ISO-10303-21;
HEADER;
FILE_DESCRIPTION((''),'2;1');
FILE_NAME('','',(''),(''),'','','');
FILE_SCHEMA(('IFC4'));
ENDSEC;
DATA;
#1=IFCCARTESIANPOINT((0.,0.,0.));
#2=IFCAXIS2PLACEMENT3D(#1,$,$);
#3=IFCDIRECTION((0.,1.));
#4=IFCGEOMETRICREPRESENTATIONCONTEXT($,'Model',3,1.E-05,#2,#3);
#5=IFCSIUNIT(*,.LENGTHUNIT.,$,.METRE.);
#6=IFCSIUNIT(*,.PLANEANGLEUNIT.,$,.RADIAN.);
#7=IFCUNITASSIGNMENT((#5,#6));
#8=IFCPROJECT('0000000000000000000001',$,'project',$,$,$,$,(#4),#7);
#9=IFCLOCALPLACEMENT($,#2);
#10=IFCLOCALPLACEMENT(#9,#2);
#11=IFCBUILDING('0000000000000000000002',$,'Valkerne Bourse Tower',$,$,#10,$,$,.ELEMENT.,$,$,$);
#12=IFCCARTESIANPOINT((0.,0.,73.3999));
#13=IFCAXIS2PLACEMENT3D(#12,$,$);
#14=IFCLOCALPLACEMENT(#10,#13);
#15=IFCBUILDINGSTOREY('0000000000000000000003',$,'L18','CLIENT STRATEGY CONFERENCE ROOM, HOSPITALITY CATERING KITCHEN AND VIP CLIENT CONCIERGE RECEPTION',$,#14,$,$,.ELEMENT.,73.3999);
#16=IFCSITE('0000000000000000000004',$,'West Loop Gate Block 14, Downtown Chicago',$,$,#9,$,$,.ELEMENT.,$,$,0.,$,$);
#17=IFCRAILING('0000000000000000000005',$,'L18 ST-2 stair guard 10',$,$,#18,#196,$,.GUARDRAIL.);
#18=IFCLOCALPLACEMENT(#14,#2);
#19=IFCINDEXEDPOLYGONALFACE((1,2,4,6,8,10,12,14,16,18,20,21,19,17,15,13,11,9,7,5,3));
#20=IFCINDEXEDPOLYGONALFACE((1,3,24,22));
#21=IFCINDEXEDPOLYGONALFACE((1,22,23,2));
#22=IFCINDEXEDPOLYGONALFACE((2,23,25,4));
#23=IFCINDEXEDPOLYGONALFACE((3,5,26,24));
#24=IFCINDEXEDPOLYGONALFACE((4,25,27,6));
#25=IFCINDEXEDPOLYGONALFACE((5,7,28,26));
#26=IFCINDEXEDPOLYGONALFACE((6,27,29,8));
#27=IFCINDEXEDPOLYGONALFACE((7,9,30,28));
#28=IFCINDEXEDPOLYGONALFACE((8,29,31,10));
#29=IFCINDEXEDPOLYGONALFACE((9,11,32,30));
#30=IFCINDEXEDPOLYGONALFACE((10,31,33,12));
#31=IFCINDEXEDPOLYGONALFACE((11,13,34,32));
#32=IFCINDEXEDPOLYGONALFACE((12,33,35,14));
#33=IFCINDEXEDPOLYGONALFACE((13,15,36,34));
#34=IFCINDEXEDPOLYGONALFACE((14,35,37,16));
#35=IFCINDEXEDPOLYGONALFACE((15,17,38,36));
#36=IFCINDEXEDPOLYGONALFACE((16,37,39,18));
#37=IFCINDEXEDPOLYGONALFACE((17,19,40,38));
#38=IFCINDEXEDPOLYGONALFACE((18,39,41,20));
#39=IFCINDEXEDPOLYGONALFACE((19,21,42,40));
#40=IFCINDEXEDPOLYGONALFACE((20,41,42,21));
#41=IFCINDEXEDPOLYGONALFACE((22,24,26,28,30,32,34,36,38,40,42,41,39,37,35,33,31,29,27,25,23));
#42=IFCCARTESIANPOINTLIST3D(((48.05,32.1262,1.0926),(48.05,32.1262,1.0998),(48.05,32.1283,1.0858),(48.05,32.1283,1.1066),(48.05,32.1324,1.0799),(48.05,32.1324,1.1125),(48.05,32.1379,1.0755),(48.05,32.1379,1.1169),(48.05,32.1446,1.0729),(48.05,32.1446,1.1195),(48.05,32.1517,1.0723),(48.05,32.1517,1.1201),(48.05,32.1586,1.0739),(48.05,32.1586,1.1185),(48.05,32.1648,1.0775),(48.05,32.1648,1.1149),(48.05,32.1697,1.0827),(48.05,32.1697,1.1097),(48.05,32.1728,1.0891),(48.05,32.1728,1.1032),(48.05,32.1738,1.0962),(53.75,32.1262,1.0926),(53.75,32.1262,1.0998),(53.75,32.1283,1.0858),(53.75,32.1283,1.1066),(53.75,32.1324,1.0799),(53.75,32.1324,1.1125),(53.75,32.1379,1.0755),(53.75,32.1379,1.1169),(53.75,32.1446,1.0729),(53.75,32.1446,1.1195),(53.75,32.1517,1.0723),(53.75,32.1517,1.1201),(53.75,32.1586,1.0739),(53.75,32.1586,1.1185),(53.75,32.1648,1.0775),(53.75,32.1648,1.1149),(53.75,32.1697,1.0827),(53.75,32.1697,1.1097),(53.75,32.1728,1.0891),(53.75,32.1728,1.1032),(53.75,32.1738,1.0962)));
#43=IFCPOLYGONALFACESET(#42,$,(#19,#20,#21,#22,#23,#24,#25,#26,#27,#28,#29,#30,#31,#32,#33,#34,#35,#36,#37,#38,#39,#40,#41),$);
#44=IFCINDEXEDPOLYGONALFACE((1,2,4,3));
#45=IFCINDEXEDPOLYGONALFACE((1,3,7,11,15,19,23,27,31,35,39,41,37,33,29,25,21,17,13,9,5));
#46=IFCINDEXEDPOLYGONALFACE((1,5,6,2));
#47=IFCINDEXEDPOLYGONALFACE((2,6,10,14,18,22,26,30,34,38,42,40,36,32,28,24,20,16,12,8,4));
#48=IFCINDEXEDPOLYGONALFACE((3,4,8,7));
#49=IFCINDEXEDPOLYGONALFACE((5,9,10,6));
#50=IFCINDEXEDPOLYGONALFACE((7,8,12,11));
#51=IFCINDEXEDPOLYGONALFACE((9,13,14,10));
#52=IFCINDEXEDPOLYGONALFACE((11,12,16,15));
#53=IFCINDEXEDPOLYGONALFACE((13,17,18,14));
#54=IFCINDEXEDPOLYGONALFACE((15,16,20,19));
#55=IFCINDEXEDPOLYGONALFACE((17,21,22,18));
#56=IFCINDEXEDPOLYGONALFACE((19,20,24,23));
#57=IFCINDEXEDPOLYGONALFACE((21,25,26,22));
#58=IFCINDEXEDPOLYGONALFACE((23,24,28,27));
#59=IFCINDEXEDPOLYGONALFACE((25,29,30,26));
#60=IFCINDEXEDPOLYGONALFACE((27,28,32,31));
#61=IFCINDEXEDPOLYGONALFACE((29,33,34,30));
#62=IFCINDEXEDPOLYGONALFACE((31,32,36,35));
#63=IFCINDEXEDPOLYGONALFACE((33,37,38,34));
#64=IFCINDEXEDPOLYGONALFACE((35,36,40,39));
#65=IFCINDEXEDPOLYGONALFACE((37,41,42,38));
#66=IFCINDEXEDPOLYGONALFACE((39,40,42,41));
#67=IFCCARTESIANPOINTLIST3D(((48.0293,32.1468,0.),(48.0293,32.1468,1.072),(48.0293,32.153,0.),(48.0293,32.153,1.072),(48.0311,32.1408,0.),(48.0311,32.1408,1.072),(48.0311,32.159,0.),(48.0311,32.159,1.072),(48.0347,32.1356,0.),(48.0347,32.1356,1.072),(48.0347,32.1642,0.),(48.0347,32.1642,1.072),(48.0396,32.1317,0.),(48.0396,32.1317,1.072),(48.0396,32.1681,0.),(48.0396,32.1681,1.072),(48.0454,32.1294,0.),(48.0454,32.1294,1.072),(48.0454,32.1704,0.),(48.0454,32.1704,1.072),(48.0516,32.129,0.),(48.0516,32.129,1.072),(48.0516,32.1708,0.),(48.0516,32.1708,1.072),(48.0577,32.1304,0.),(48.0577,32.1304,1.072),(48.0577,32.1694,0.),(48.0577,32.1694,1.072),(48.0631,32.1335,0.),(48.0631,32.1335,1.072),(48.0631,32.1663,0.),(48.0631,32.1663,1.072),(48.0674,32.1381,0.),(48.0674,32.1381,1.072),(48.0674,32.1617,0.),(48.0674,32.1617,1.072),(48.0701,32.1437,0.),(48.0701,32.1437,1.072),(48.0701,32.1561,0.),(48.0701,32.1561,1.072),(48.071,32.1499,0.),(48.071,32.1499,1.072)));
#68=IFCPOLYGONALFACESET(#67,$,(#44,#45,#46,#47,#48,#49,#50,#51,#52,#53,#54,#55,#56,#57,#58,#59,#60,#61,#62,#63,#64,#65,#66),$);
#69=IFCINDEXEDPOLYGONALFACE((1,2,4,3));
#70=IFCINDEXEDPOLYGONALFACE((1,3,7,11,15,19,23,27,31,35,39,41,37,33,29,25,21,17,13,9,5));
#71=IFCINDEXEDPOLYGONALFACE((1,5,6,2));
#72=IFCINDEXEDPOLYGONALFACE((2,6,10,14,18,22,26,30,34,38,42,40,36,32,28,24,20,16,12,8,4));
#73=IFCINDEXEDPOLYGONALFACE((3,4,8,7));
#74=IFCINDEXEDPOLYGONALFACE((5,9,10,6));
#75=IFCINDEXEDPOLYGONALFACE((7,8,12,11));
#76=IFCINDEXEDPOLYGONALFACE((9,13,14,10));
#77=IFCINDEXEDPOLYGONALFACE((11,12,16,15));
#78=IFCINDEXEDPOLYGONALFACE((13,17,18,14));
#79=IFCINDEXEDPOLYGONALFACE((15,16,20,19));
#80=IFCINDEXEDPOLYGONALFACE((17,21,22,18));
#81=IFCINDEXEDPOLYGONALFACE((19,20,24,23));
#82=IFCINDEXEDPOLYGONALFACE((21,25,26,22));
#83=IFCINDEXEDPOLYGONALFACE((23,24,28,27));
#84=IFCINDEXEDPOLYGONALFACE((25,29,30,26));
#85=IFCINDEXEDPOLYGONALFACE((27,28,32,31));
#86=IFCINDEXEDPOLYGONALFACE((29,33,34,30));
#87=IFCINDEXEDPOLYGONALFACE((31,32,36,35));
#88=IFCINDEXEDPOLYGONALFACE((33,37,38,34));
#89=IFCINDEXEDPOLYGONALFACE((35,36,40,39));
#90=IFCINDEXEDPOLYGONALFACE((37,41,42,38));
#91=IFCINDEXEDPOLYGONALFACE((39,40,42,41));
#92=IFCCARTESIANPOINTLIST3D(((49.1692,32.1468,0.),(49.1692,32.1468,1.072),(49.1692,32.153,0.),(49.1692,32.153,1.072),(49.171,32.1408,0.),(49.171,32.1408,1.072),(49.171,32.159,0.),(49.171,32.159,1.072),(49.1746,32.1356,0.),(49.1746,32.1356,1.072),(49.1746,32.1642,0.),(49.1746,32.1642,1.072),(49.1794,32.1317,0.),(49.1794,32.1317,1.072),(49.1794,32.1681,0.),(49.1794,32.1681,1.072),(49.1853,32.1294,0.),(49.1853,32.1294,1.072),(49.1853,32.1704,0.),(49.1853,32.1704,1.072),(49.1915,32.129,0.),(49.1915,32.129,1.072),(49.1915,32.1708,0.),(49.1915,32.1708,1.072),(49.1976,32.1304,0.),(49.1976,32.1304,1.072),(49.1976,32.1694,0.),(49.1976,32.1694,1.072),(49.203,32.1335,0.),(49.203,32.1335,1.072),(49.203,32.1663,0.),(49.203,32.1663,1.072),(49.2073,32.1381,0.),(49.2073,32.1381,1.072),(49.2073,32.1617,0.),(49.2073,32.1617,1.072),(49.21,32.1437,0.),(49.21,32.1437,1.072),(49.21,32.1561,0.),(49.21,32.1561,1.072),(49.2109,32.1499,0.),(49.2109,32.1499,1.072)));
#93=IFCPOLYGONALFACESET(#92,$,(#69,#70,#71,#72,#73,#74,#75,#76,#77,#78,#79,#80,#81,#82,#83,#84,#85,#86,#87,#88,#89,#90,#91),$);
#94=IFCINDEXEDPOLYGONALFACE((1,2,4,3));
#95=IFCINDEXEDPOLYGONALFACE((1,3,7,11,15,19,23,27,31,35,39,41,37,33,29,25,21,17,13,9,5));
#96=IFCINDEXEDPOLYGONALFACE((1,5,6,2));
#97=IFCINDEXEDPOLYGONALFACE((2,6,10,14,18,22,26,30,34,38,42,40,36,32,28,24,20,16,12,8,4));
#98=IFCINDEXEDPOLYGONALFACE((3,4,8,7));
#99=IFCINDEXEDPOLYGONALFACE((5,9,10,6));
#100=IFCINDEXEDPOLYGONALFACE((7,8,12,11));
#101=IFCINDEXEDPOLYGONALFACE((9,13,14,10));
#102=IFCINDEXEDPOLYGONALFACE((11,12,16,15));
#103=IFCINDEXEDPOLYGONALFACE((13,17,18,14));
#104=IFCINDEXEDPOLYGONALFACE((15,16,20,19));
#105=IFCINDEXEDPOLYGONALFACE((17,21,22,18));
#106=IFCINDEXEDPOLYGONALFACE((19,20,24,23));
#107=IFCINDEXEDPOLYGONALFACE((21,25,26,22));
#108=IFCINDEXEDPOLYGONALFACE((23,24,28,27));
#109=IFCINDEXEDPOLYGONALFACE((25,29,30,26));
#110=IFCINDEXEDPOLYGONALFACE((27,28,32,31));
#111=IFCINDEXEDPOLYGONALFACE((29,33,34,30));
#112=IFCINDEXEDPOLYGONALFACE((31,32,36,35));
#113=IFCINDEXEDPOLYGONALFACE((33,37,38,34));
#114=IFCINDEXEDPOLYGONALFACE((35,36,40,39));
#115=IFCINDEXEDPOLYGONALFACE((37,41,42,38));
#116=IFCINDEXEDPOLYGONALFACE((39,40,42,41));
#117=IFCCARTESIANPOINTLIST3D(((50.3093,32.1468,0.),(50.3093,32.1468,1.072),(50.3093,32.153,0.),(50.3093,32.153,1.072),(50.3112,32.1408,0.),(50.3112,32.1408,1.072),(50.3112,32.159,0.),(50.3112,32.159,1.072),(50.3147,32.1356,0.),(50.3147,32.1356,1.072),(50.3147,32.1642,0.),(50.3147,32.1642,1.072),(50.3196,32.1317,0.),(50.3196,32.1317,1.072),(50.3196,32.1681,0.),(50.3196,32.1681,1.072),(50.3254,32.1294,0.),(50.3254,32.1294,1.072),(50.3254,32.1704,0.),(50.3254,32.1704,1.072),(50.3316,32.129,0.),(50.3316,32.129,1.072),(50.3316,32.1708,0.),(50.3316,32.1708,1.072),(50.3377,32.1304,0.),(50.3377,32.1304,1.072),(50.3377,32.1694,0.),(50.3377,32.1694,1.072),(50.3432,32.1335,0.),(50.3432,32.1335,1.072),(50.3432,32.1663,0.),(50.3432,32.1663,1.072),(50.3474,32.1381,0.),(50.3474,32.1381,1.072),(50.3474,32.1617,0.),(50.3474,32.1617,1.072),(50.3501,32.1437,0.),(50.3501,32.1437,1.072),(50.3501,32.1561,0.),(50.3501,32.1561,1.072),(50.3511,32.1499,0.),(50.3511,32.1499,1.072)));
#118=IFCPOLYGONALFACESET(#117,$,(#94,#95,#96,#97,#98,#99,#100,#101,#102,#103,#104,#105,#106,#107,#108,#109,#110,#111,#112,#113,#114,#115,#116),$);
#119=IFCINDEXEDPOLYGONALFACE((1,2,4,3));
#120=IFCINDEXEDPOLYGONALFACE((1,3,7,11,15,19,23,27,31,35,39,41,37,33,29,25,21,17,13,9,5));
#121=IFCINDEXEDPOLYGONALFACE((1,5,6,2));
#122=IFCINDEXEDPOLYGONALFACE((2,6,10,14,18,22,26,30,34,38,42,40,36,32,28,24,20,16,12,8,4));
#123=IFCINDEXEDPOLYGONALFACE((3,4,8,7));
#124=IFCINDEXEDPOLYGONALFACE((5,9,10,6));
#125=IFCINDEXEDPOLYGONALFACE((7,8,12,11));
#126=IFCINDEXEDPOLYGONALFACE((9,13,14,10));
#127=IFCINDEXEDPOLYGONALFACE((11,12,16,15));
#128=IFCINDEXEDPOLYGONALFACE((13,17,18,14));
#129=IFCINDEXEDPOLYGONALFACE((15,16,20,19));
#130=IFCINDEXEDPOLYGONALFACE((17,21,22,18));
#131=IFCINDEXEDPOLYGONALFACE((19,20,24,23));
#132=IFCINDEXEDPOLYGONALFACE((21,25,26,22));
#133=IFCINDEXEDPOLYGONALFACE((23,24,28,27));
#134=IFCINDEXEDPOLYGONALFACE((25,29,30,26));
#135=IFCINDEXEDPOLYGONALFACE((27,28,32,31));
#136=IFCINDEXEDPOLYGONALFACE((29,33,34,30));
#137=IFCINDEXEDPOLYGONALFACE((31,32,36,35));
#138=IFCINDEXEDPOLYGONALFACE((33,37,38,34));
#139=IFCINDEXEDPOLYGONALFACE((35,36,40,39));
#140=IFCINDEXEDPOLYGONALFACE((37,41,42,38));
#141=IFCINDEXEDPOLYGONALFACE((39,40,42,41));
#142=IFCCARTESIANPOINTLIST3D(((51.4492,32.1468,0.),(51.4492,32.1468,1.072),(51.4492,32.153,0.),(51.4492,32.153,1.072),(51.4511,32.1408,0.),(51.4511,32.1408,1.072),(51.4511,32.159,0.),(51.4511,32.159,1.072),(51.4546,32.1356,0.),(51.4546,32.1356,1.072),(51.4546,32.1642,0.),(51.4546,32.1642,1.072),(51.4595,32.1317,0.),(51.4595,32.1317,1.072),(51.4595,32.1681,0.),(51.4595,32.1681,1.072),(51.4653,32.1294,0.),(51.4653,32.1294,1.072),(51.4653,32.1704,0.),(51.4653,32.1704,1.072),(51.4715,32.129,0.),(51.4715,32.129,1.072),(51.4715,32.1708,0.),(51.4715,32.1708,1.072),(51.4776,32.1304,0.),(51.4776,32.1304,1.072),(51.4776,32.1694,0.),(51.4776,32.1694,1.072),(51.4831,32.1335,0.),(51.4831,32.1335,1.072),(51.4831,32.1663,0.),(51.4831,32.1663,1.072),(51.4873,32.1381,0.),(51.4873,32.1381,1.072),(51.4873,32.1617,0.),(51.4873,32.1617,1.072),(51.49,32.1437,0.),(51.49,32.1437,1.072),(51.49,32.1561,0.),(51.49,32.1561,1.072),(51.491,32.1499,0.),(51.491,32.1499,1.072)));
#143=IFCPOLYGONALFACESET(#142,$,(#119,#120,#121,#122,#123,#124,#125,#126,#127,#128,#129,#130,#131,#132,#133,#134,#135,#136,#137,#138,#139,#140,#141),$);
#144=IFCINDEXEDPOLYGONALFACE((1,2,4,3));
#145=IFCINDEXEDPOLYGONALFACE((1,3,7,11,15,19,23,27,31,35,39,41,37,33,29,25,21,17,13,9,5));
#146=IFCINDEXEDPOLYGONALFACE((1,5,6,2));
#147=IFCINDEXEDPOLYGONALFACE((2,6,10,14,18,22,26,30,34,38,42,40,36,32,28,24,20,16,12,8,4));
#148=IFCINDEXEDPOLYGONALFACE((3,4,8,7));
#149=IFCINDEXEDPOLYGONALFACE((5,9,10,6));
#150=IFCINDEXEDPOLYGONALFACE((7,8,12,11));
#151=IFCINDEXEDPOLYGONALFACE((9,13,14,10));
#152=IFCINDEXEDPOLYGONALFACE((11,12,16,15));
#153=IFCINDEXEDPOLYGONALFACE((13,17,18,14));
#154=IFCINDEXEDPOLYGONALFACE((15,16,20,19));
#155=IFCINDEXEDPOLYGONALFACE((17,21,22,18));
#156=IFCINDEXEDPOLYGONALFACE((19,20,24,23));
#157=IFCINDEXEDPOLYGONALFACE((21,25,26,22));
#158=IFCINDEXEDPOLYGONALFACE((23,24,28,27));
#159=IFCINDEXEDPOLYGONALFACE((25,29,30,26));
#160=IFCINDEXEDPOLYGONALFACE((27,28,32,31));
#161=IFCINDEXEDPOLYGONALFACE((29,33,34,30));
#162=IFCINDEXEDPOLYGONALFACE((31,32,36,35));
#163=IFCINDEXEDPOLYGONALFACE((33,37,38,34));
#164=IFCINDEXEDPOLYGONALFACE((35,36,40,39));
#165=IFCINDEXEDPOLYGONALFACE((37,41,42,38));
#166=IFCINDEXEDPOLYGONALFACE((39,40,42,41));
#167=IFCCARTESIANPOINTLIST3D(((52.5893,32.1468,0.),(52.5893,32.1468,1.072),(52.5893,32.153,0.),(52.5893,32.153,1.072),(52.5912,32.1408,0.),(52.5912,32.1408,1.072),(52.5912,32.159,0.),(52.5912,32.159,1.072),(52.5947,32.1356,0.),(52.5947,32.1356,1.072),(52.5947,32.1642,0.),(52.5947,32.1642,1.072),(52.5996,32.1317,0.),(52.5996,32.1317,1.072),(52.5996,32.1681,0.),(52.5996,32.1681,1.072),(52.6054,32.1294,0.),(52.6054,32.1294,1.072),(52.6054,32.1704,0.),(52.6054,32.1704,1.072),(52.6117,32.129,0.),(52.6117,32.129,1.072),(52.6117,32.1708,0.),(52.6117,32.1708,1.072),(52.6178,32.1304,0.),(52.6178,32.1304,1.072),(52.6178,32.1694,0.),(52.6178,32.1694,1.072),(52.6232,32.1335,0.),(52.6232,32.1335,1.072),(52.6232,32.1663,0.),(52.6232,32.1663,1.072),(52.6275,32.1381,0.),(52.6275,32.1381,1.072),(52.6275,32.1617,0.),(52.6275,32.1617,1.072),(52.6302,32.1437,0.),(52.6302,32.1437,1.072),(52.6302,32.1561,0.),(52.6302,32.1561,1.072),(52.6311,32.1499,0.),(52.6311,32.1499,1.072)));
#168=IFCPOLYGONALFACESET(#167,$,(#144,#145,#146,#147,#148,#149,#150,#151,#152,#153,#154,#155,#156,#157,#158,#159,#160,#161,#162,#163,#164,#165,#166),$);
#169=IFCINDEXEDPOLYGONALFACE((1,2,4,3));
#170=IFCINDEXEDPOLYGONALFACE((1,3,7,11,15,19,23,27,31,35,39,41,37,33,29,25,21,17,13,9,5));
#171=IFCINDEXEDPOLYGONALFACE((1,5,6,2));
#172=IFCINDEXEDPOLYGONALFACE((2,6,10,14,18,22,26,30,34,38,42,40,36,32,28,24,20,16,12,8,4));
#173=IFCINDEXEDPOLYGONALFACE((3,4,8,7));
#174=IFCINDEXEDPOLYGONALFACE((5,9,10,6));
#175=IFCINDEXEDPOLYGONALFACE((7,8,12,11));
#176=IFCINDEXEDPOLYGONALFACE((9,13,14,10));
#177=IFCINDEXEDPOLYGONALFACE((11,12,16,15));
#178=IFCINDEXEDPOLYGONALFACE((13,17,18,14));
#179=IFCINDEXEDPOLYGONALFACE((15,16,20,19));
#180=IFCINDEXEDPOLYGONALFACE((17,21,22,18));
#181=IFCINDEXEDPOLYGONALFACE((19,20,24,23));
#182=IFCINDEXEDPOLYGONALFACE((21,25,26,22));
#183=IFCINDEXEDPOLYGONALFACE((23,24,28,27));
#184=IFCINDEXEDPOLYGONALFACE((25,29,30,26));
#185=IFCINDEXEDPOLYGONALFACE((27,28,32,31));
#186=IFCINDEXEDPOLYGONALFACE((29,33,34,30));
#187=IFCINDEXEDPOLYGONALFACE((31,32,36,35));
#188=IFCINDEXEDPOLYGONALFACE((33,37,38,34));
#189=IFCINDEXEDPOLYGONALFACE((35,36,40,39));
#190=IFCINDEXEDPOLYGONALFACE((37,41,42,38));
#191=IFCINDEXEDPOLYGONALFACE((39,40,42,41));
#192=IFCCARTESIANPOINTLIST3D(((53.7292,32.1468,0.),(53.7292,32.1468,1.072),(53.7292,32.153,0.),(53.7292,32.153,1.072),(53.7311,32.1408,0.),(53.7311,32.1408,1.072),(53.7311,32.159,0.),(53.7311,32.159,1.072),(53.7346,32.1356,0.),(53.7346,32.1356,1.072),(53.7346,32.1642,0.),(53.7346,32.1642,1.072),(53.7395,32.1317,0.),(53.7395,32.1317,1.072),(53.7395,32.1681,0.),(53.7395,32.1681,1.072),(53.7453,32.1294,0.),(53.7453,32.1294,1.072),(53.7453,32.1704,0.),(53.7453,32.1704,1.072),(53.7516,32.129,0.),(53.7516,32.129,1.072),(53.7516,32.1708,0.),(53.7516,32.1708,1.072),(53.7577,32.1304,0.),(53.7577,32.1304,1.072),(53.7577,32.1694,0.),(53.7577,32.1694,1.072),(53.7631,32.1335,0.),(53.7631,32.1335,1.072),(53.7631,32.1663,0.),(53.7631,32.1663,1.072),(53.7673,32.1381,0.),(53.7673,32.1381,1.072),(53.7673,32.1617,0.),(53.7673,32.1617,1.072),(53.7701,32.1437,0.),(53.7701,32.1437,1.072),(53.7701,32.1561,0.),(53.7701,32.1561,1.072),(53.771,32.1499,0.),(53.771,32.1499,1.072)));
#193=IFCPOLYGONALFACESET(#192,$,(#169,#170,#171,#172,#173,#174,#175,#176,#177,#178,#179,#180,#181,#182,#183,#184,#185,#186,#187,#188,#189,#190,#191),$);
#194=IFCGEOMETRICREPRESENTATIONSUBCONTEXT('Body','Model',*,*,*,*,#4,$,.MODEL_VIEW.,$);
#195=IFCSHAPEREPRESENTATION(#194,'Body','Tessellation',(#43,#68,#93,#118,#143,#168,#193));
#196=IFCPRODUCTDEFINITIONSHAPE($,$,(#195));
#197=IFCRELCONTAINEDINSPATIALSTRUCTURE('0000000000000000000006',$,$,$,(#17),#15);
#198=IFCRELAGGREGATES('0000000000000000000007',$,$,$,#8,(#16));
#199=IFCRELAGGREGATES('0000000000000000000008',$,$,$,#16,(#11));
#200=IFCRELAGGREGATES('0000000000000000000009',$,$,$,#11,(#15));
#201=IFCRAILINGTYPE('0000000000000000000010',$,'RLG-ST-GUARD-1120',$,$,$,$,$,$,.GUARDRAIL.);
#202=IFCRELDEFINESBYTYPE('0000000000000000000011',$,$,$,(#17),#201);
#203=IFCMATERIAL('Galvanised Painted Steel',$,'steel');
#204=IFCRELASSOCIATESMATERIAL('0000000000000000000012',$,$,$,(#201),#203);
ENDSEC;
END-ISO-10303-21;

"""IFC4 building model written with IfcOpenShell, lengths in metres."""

from ifc_helpers import new_model, si_unit, direction, frame, origin, origin_2d, place, context, subcontext, project, spatial, circle, extrude, material, type_object, element, save


model = new_model("IFC4")

# Units and contexts
model_context = context("Model", 3, precision=1e-05, world=origin(), true_north=direction((0.0, 1.0)))
body_context = subcontext(model_context, "Body", "Model", "MODEL_VIEW")
ifc_project = project(units=[si_unit("LENGTHUNIT", "METRE"), si_unit("PLANEANGLEUNIT", "RADIAN")], contexts=[model_context])

# Site, building, storey
site_placement = place(None, origin())
site = spatial("IfcSite", under=ifc_project, at=site_placement, Name="West Loop Gate Block 14, Downtown Chicago", CompositionType="ELEMENT", RefElevation=0.0)
building_placement = place(site_placement, origin())
building = spatial("IfcBuilding", under=site, at=building_placement, Name="Valkerne Bourse Tower", CompositionType="ELEMENT")
storey_placement = place(building_placement, frame((0.0, 0.0, 73.3999)))
storey = spatial("IfcBuildingStorey", under=building, at=storey_placement, Name="L18", Description="CLIENT STRATEGY CONFERENCE ROOM, HOSPITALITY CATERING KITCHEN AND VIP CLIENT CONCIERGE RECEPTION", CompositionType="ELEMENT", Elevation=73.3999)

# Shared definitions
ifc_material_1 = material(Name="Galvanised Painted Steel", Category="steel")

# Railing
railing_type_1 = type_object("IfcRailingType", Name="RLG-ST-GUARD-1120", PredefinedType="GUARDRAIL", material=ifc_material_1)
for number, where, name in (
    (1, (48.05, 32.1499, 0.0), "L18 ST-2 stair guard 10"),
):
    element("IfcRailing", number, at=place(storey_placement, frame(where)), inside=storey, type_object=railing_type_1, Name=name, PredefinedType="GUARDRAIL", context=body_context, shape_type="SweptSolid", body=[
        extrude(circle(Radius=0.0239, at=origin_2d()), frame((0.0, 0.0, 1.0962), z_axis=(1.0, 0.0, 0.0), x_axis=(0.0, 1.0, 0.0)), (0.0, 0.0, 1.0), 5.7),
        extrude(circle(Radius=0.021, at=origin_2d()), origin(), (0.0, 0.0, 1.0), 1.072),
        extrude(circle(Radius=0.021, at=origin_2d()), frame((1.1399, 0.0, 0.0)), (0.0, 0.0, 1.0), 1.072),
        extrude(circle(Radius=0.021, at=origin_2d()), frame((2.28, 0.0, 0.0)), (0.0, 0.0, 1.0), 1.072),
        extrude(circle(Radius=0.021, at=origin_2d()), frame((3.4199, 0.0, 0.0)), (0.0, 0.0, 1.0), 1.072),
        extrude(circle(Radius=0.021, at=origin_2d()), frame((4.5601, 0.0, 0.0)), (0.0, 0.0, 1.0), 1.072),
        extrude(circle(Radius=0.021, at=origin_2d()), frame((5.7, 0.0, 0.0)), (0.0, 0.0, 1.0), 1.072),
    ])

save(model, "model.ifc")
